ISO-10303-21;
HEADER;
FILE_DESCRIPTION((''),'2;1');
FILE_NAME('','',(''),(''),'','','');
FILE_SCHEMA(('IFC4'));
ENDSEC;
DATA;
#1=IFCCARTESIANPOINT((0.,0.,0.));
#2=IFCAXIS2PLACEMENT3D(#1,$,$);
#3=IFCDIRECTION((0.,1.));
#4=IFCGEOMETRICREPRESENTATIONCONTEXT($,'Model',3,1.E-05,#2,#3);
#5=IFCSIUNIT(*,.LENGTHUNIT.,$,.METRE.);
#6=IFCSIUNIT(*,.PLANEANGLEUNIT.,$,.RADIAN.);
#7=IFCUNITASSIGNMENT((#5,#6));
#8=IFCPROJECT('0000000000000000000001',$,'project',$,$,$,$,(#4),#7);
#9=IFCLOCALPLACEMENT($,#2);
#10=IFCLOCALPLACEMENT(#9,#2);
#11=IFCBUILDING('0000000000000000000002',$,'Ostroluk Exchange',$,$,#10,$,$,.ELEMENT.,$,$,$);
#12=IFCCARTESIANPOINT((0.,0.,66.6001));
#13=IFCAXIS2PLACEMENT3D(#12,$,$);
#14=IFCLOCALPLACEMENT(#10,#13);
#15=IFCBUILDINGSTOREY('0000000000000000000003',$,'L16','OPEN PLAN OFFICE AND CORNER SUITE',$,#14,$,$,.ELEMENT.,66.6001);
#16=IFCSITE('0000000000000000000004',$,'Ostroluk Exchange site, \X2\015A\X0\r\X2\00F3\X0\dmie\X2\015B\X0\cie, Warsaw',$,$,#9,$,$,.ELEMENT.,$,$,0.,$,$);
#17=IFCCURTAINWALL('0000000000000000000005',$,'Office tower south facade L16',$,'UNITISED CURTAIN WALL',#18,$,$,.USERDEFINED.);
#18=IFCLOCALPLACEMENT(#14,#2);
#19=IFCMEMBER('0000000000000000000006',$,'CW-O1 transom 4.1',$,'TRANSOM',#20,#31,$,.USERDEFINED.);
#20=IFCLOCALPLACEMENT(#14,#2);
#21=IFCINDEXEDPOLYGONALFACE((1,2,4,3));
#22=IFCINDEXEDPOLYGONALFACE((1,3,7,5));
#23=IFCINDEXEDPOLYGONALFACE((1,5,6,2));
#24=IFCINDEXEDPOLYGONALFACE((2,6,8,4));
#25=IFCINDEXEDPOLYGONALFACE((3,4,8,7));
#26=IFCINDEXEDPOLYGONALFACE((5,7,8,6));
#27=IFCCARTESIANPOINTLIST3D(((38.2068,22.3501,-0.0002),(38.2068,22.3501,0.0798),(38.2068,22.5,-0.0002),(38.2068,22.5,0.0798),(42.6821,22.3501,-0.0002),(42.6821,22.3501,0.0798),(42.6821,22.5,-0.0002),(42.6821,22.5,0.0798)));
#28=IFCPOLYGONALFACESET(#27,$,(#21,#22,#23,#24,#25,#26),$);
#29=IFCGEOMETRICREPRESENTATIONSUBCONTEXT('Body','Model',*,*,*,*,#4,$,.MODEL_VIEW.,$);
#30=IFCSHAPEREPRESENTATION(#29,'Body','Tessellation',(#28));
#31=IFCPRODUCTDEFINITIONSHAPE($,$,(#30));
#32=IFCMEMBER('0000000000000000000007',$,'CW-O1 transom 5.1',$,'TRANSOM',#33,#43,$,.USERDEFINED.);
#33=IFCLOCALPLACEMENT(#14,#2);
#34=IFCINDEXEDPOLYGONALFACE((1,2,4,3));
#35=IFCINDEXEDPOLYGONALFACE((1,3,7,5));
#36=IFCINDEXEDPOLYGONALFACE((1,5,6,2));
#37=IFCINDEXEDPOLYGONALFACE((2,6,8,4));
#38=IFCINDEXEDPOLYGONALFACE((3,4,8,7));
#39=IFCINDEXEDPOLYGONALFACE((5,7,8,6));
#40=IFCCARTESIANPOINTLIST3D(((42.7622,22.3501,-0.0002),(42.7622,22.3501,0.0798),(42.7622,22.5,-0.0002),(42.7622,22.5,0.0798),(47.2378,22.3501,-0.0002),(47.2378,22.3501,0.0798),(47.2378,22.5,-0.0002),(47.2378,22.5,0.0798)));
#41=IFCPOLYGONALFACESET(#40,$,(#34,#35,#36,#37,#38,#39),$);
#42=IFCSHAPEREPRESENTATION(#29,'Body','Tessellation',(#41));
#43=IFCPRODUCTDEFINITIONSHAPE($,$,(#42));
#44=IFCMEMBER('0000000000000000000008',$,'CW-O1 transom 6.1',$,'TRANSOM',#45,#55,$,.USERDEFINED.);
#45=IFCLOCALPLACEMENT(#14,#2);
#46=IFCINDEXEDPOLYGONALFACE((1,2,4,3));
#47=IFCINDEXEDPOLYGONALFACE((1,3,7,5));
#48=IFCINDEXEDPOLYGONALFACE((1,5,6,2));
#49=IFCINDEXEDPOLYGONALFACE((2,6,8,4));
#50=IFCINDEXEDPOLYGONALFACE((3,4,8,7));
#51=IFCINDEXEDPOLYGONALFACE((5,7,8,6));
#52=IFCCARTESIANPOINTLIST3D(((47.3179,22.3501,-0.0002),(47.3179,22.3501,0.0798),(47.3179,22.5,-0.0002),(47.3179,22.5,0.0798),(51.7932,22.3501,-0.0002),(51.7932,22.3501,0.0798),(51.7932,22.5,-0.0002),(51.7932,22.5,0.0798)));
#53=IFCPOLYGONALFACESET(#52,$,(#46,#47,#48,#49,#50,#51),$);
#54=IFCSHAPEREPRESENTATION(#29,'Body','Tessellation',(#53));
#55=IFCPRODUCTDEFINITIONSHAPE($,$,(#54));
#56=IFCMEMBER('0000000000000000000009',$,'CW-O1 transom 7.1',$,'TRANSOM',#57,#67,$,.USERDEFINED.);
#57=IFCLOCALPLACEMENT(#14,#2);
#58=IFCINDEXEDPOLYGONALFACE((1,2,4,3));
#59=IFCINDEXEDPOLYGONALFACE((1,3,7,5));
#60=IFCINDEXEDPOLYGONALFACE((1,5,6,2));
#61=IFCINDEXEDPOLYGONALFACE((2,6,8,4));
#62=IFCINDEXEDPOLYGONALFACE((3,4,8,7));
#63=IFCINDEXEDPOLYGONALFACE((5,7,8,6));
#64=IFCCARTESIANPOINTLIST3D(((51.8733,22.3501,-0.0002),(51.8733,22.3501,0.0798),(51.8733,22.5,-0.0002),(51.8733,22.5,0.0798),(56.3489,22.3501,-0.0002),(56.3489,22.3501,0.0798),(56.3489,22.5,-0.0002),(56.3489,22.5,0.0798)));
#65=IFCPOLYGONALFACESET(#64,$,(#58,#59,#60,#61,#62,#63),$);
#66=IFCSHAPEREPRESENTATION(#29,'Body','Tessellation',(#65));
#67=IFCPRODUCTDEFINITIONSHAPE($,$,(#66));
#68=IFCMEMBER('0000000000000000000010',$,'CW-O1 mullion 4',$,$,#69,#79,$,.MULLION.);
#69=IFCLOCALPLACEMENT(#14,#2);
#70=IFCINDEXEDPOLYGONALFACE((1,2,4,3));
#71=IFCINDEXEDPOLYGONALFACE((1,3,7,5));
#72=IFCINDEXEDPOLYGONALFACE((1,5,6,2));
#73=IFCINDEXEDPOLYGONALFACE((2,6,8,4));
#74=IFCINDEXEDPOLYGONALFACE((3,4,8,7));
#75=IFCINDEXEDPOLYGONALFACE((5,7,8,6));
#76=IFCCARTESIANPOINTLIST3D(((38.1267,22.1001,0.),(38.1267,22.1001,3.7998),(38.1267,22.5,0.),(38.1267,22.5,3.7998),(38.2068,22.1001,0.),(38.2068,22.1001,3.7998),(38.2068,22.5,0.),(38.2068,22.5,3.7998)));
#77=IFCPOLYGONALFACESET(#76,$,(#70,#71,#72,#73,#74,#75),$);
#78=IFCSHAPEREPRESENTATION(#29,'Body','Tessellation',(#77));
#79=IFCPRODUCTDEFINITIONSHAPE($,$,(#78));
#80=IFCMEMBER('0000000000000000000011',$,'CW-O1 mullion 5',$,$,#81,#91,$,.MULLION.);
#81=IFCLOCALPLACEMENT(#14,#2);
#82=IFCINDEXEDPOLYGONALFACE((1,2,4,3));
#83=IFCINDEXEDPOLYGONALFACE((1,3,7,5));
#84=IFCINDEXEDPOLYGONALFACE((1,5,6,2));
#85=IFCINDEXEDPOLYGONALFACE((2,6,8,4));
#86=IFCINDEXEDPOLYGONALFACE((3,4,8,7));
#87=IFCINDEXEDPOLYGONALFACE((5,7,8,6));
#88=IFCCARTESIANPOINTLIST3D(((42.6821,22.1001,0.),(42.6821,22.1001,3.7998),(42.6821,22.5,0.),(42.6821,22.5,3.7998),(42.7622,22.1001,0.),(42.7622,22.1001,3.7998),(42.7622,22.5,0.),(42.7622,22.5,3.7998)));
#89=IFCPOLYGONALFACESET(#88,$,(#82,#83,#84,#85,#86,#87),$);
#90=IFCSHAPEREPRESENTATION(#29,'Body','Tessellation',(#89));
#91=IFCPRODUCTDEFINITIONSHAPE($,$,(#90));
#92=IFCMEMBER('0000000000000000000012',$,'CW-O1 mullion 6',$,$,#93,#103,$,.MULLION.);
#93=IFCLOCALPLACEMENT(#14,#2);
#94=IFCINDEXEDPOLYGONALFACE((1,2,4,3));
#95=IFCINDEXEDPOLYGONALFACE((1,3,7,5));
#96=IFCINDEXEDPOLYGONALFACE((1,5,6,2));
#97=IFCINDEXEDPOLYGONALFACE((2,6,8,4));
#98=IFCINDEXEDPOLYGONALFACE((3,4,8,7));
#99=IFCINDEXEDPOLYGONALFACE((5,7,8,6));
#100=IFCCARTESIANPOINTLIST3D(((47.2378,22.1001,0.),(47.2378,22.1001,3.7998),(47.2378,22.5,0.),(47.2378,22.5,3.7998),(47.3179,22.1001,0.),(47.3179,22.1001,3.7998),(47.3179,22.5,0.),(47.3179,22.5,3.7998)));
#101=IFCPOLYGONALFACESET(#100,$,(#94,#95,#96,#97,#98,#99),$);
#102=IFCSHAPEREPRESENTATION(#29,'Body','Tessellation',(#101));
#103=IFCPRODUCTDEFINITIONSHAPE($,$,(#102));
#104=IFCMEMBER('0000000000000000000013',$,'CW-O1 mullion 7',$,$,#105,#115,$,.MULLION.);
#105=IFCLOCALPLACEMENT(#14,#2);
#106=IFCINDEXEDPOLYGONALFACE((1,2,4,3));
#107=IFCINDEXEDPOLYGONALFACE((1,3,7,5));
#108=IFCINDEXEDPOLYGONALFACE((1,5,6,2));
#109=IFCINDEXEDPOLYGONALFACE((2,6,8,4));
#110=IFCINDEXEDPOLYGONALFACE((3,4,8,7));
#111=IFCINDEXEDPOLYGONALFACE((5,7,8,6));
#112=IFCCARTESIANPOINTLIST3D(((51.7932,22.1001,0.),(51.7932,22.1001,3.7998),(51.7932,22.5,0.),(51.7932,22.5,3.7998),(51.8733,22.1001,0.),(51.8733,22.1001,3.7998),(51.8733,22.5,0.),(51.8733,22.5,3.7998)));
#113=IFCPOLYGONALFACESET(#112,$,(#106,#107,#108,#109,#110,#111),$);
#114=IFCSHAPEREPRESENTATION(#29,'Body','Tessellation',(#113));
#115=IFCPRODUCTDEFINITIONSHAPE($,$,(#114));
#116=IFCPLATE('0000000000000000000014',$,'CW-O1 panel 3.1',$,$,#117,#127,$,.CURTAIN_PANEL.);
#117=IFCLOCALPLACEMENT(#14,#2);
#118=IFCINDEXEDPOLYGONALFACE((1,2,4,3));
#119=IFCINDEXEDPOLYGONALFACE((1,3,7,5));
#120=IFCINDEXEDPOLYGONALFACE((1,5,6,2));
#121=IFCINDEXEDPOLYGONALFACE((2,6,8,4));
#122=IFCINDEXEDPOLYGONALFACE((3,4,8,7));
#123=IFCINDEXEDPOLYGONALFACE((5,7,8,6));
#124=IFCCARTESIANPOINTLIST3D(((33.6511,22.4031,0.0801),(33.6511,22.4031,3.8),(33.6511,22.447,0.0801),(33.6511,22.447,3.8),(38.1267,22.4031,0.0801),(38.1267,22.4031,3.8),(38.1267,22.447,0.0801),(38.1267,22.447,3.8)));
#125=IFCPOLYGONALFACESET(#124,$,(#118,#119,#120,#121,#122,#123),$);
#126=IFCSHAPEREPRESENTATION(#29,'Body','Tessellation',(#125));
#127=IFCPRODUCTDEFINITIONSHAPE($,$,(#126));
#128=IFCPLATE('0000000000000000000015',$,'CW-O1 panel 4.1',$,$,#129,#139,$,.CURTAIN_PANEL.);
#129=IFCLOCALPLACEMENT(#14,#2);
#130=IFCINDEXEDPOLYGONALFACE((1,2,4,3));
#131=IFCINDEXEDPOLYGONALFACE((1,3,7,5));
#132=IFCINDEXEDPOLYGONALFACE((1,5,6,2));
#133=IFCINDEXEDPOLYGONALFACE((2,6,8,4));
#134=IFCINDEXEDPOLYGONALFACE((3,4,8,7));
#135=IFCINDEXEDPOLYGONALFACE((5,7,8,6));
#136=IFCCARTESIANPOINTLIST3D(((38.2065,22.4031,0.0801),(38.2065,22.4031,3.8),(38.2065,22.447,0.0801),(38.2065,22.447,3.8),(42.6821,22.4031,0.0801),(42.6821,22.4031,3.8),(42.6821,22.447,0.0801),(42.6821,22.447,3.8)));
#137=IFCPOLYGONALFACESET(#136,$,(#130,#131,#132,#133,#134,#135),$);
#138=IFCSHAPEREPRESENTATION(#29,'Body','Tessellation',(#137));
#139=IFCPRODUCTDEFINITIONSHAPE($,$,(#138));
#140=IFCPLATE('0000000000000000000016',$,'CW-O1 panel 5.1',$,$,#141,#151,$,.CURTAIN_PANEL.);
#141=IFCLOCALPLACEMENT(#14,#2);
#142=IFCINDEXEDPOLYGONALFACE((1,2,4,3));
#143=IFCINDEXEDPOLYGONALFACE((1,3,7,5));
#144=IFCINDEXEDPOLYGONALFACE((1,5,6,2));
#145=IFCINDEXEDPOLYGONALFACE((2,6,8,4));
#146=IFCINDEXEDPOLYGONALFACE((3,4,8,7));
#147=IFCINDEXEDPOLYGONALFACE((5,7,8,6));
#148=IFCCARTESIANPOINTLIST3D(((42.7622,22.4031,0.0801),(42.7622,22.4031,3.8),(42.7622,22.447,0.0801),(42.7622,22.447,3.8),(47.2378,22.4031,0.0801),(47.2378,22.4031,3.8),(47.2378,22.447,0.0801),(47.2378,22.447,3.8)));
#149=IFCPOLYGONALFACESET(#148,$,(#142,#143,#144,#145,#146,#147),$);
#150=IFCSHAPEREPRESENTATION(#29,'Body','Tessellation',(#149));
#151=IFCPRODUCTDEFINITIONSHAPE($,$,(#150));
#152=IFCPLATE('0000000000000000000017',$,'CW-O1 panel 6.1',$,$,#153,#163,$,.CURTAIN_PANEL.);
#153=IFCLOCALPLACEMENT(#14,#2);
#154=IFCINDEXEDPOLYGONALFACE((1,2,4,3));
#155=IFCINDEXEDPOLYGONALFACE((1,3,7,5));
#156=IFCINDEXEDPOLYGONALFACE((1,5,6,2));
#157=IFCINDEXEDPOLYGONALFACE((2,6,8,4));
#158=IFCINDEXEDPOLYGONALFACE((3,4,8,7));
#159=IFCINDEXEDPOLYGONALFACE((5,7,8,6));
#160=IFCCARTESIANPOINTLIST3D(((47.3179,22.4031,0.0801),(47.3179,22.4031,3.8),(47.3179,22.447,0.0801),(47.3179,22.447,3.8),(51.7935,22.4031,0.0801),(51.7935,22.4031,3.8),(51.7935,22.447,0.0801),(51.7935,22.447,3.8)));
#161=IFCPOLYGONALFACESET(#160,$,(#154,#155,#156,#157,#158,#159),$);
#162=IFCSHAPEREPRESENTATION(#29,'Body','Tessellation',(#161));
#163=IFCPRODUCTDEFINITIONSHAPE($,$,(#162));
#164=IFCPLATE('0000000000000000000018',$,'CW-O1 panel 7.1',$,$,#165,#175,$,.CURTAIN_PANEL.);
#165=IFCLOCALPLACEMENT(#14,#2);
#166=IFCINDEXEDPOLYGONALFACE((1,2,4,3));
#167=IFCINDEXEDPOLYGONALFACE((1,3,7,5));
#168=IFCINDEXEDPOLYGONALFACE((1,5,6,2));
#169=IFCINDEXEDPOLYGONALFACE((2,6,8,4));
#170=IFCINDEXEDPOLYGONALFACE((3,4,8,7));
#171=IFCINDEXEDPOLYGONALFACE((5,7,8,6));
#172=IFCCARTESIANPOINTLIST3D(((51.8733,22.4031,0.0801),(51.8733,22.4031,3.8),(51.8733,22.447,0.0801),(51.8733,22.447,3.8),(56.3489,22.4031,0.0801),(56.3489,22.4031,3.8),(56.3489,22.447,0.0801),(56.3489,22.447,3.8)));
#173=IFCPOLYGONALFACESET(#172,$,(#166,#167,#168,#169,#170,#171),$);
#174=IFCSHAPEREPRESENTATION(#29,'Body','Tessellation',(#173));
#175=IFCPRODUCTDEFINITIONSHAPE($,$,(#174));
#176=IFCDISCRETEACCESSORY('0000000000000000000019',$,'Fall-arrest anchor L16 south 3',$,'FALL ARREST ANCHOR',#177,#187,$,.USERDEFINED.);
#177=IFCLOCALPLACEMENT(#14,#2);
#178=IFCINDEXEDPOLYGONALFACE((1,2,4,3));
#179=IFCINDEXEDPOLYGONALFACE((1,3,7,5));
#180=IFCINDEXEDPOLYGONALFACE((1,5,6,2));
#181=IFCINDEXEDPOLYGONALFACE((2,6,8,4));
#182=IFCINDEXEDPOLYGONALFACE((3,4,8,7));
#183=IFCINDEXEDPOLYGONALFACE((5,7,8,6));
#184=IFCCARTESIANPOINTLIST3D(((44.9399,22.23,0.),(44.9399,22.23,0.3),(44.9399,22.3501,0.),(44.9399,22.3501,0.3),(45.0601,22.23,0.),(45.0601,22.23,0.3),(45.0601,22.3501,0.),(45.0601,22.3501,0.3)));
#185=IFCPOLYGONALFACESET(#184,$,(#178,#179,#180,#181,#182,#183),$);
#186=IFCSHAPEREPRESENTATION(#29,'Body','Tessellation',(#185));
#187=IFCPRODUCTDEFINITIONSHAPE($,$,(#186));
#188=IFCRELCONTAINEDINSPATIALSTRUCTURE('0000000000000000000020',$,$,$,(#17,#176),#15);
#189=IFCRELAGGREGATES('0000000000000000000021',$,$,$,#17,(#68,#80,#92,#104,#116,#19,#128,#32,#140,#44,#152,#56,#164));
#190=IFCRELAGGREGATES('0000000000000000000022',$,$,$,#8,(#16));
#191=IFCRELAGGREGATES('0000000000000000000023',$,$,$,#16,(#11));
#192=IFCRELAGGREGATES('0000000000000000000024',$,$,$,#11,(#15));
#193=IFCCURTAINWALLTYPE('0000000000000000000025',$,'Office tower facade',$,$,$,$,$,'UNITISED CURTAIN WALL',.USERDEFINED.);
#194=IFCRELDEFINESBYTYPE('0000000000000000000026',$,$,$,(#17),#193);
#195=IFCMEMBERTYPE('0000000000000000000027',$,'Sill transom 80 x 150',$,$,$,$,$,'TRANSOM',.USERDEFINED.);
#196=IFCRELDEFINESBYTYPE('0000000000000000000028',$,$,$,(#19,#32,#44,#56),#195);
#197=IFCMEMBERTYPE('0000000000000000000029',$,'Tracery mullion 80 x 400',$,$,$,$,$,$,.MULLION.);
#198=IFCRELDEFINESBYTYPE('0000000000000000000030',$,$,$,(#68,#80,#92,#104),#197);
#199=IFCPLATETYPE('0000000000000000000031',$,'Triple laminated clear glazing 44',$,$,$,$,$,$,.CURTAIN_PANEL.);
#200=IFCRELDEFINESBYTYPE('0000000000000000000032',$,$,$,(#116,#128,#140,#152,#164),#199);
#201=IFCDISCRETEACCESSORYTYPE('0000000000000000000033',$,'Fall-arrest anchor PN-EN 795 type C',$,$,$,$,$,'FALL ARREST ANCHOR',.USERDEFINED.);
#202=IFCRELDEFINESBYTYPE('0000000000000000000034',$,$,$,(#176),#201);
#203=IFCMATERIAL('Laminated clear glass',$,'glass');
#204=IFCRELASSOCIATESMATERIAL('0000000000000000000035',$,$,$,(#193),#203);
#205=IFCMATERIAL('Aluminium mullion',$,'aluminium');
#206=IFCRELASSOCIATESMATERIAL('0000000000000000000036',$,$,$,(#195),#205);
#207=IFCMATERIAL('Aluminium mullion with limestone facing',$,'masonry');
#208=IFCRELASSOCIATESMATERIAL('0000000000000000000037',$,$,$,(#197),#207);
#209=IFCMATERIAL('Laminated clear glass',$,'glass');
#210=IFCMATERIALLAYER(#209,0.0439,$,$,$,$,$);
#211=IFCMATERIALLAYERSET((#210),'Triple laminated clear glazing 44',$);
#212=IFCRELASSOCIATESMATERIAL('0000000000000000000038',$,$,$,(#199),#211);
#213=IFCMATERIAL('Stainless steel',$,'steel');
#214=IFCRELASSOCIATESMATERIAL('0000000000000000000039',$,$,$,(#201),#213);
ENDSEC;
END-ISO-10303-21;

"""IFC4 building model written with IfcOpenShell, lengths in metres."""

from ifc_helpers import new_model, si_unit, direction, frame, origin, origin_2d, place, context, subcontext, project, spatial, rectangle, extrude, material, layer, layer_set, material_profile, profile_set, type_object, element, aggregate, save


model = new_model("IFC4")

# Units and contexts
model_context = context("Model", 3, precision=1e-05, world=origin(), true_north=direction((0.0, 1.0)))
body_context = subcontext(model_context, "Body", "Model", "MODEL_VIEW")
ifc_project = project(units=[si_unit("LENGTHUNIT", "METRE"), si_unit("PLANEANGLEUNIT", "RADIAN")], contexts=[model_context])

# Site, building, storey
site_placement = place(None, origin())
site = spatial("IfcSite", under=ifc_project, at=site_placement, Name="Ostroluk Exchange site, Śródmieście, Warsaw", CompositionType="ELEMENT", RefElevation=0.0)
building_placement = place(site_placement, origin())
building = spatial("IfcBuilding", under=site, at=building_placement, Name="Ostroluk Exchange", CompositionType="ELEMENT")
storey_placement = place(building_placement, frame((0.0, 0.0, 66.6001)))
storey = spatial("IfcBuildingStorey", under=building, at=storey_placement, Name="L16", Description="OPEN PLAN OFFICE AND CORNER SUITE", CompositionType="ELEMENT", Elevation=66.6001)

# Curtain wall, members, plates
ifc_material_1 = material(Name="Laminated clear glass", Category="glass")
curtain_wall_type = type_object("IfcCurtainWallType", Name="Office tower facade", ElementType="UNITISED CURTAIN WALL", PredefinedType="USERDEFINED", material=ifc_material_1)
curtain_wall_placement = place(storey_placement, origin())
curtain_wall = element("IfcCurtainWall", 1, at=curtain_wall_placement, inside=storey, type_object=curtain_wall_type, Name="Office tower south facade L16", ObjectType="UNITISED CURTAIN WALL", PredefinedType="USERDEFINED")
ifc_material_2 = material(Name="Aluminium mullion", Category="aluminium")
ifc_material_profile_1 = material_profile(ifc_material_2, rectangle(XDim=0.1499, YDim=0.0801, at=origin_2d()), Name="Sill transom 80 x 150")
ifc_profile_set_1 = profile_set([ifc_material_profile_1], Name="Aluminium mullion")
member_type_1 = type_object("IfcMemberType", Name="Sill transom 80 x 150", ElementType="TRANSOM", PredefinedType="USERDEFINED", material=ifc_profile_set_1)
member_1_placement = place(storey_placement, frame((38.2068, 22.425, 0.0398), z_axis=(1.0, 0.0, 0.0), x_axis=(0.0, 1.0, 0.0)))
member_1 = element("IfcMember", 2, at=member_1_placement, type_object=member_type_1, Name="CW-O1 transom 4.1", ObjectType="TRANSOM", PredefinedType="USERDEFINED", context=body_context, shape_type="SweptSolid", body=[
    extrude(rectangle(XDim=0.1499, YDim=0.0801, at=origin_2d()), origin(), (0.0, 0.0, 1.0), 4.4753),
])
member_2_placement = place(storey_placement, frame((42.7622, 22.425, 0.0398), z_axis=(1.0, 0.0, 0.0), x_axis=(0.0, 1.0, 0.0)))
member_2 = element("IfcMember", 3, at=member_2_placement, type_object=member_type_1, Name="CW-O1 transom 5.1", ObjectType="TRANSOM", PredefinedType="USERDEFINED", context=body_context, shape_type="SweptSolid", body=[
    extrude(rectangle(XDim=0.1499, YDim=0.0801, at=origin_2d()), origin(), (0.0, 0.0, 1.0), 4.4756),
])
member_3_placement = place(storey_placement, frame((47.3179, 22.425, 0.0398), z_axis=(1.0, 0.0, 0.0), x_axis=(0.0, 1.0, 0.0)))
member_3 = element("IfcMember", 4, at=member_3_placement, type_object=member_type_1, Name="CW-O1 transom 6.1", ObjectType="TRANSOM", PredefinedType="USERDEFINED", context=body_context, shape_type="SweptSolid", body=[
    extrude(rectangle(XDim=0.1499, YDim=0.0801, at=origin_2d()), origin(), (0.0, 0.0, 1.0), 4.4753),
])
member_4_placement = place(storey_placement, frame((51.8733, 22.425, 0.0398), z_axis=(1.0, 0.0, 0.0), x_axis=(0.0, 1.0, 0.0)))
member_4 = element("IfcMember", 5, at=member_4_placement, type_object=member_type_1, Name="CW-O1 transom 7.1", ObjectType="TRANSOM", PredefinedType="USERDEFINED", context=body_context, shape_type="SweptSolid", body=[
    extrude(rectangle(XDim=0.1499, YDim=0.0801, at=origin_2d()), origin(), (0.0, 0.0, 1.0), 4.4756),
])
ifc_material_3 = material(Name="Aluminium mullion with limestone facing", Category="masonry")
ifc_material_profile_2 = material_profile(ifc_material_3, rectangle(XDim=0.3999, YDim=0.0801, at=origin_2d()), Name="Tracery mullion 80 x 400")
ifc_profile_set_2 = profile_set([ifc_material_profile_2], Name="Aluminium mullion with limestone facing")
member_type_2 = type_object("IfcMemberType", Name="Tracery mullion 80 x 400", PredefinedType="MULLION", material=ifc_profile_set_2)
member_5_placement = place(storey_placement, frame((38.1667, 22.3, 0.0), z_axis=(0.0, 0.0, 1.0), x_axis=(0.0, 1.0, 0.0)))
member_5 = element("IfcMember", 6, at=member_5_placement, type_object=member_type_2, Name="CW-O1 mullion 4", PredefinedType="MULLION", context=body_context, shape_type="SweptSolid", body=[
    extrude(rectangle(XDim=0.3999, YDim=0.0801, at=origin_2d()), origin(), (0.0, 0.0, 1.0), 3.7998),
])
member_6_placement = place(storey_placement, frame((42.7222, 22.3, 0.0), z_axis=(0.0, 0.0, 1.0), x_axis=(0.0, 1.0, 0.0)))
member_6 = element("IfcMember", 7, at=member_6_placement, type_object=member_type_2, Name="CW-O1 mullion 5", PredefinedType="MULLION", context=body_context, shape_type="SweptSolid", body=[
    extrude(rectangle(XDim=0.3999, YDim=0.0801, at=origin_2d()), origin(), (0.0, 0.0, 1.0), 3.7998),
])
member_7_placement = place(storey_placement, frame((47.2778, 22.3, 0.0), z_axis=(0.0, 0.0, 1.0), x_axis=(0.0, 1.0, 0.0)))
member_7 = element("IfcMember", 8, at=member_7_placement, type_object=member_type_2, Name="CW-O1 mullion 6", PredefinedType="MULLION", context=body_context, shape_type="SweptSolid", body=[
    extrude(rectangle(XDim=0.3999, YDim=0.0801, at=origin_2d()), origin(), (0.0, 0.0, 1.0), 3.7998),
])
member_8_placement = place(storey_placement, frame((51.8333, 22.3, 0.0), z_axis=(0.0, 0.0, 1.0), x_axis=(0.0, 1.0, 0.0)))
member_8 = element("IfcMember", 9, at=member_8_placement, type_object=member_type_2, Name="CW-O1 mullion 7", PredefinedType="MULLION", context=body_context, shape_type="SweptSolid", body=[
    extrude(rectangle(XDim=0.3999, YDim=0.0801, at=origin_2d()), origin(), (0.0, 0.0, 1.0), 3.7998),
])
ifc_material_4 = material(Name="Laminated clear glass", Category="glass")
ifc_layer = layer(ifc_material_4, 0.0439)
ifc_layer_set = layer_set([ifc_layer], Name="Triple laminated clear glazing 44")
plate_type = type_object("IfcPlateType", Name="Triple laminated clear glazing 44", PredefinedType="CURTAIN_PANEL", material=ifc_layer_set)
plate_1_placement = place(storey_placement, frame((35.8889, 22.425, 0.0801), z_axis=(0.0, 0.0, 1.0), x_axis=(1.0, 0.0, 0.0)))
plate_1 = element("IfcPlate", 10, at=plate_1_placement, type_object=plate_type, Name="CW-O1 panel 3.1", PredefinedType="CURTAIN_PANEL", context=body_context, shape_type="SweptSolid", body=[
    extrude(rectangle(XDim=4.4756, YDim=0.0439, at=origin_2d()), origin(), (0.0, 0.0, 1.0), 3.72),
])
plate_2_placement = place(storey_placement, frame((40.4443, 22.425, 0.0801), z_axis=(0.0, 0.0, 1.0), x_axis=(1.0, 0.0, 0.0)))
plate_2 = element("IfcPlate", 11, at=plate_2_placement, type_object=plate_type, Name="CW-O1 panel 4.1", PredefinedType="CURTAIN_PANEL", context=body_context, shape_type="SweptSolid", body=[
    extrude(rectangle(XDim=4.4756, YDim=0.0439, at=origin_2d()), origin(), (0.0, 0.0, 1.0), 3.72),
])
plate_3_placement = place(storey_placement, frame((45.0, 22.425, 0.0801), z_axis=(0.0, 0.0, 1.0), x_axis=(1.0, 0.0, 0.0)))
plate_3 = element("IfcPlate", 12, at=plate_3_placement, type_object=plate_type, Name="CW-O1 panel 5.1", PredefinedType="CURTAIN_PANEL", context=body_context, shape_type="SweptSolid", body=[
    extrude(rectangle(XDim=4.4756, YDim=0.0439, at=origin_2d()), origin(), (0.0, 0.0, 1.0), 3.72),
])
plate_4_placement = place(storey_placement, frame((49.5557, 22.425, 0.0801), z_axis=(0.0, 0.0, 1.0), x_axis=(1.0, 0.0, 0.0)))
plate_4 = element("IfcPlate", 13, at=plate_4_placement, type_object=plate_type, Name="CW-O1 panel 6.1", PredefinedType="CURTAIN_PANEL", context=body_context, shape_type="SweptSolid", body=[
    extrude(rectangle(XDim=4.4756, YDim=0.0439, at=origin_2d()), origin(), (0.0, 0.0, 1.0), 3.72),
])
plate_5_placement = place(storey_placement, frame((54.1111, 22.425, 0.0801), z_axis=(0.0, 0.0, 1.0), x_axis=(1.0, 0.0, 0.0)))
plate_5 = element("IfcPlate", 14, at=plate_5_placement, type_object=plate_type, Name="CW-O1 panel 7.1", PredefinedType="CURTAIN_PANEL", context=body_context, shape_type="SweptSolid", body=[
    extrude(rectangle(XDim=4.4756, YDim=0.0439, at=origin_2d()), origin(), (0.0, 0.0, 1.0), 3.72),
])
aggregate(curtain_wall, [member_5, member_6, member_7, member_8, plate_1, member_1, plate_2, member_2, plate_3, member_3, plate_4, member_4, plate_5])

# Discrete accessory
ifc_material_5 = material(Name="Stainless steel", Category="steel")
discrete_accessory_type = type_object("IfcDiscreteAccessoryType", Name="Fall-arrest anchor PN-EN 795 type C", ElementType="FALL ARREST ANCHOR", PredefinedType="USERDEFINED", material=ifc_material_5)
discrete_accessory_placement = place(storey_placement, frame((45.0, 22.29, 0.0), z_axis=(0.0, 0.0, 1.0), x_axis=(1.0, 0.0, 0.0)))
element("IfcDiscreteAccessory", 15, at=discrete_accessory_placement, inside=storey, type_object=discrete_accessory_type, Name="Fall-arrest anchor L16 south 3", ObjectType="FALL ARREST ANCHOR", PredefinedType="USERDEFINED", context=body_context, shape_type="SweptSolid", body=[
    extrude(rectangle(XDim=0.1201, YDim=0.1201, at=origin_2d()), origin(), (0.0, 0.0, 1.0), 0.3),
])

save(model, "model.ifc")
